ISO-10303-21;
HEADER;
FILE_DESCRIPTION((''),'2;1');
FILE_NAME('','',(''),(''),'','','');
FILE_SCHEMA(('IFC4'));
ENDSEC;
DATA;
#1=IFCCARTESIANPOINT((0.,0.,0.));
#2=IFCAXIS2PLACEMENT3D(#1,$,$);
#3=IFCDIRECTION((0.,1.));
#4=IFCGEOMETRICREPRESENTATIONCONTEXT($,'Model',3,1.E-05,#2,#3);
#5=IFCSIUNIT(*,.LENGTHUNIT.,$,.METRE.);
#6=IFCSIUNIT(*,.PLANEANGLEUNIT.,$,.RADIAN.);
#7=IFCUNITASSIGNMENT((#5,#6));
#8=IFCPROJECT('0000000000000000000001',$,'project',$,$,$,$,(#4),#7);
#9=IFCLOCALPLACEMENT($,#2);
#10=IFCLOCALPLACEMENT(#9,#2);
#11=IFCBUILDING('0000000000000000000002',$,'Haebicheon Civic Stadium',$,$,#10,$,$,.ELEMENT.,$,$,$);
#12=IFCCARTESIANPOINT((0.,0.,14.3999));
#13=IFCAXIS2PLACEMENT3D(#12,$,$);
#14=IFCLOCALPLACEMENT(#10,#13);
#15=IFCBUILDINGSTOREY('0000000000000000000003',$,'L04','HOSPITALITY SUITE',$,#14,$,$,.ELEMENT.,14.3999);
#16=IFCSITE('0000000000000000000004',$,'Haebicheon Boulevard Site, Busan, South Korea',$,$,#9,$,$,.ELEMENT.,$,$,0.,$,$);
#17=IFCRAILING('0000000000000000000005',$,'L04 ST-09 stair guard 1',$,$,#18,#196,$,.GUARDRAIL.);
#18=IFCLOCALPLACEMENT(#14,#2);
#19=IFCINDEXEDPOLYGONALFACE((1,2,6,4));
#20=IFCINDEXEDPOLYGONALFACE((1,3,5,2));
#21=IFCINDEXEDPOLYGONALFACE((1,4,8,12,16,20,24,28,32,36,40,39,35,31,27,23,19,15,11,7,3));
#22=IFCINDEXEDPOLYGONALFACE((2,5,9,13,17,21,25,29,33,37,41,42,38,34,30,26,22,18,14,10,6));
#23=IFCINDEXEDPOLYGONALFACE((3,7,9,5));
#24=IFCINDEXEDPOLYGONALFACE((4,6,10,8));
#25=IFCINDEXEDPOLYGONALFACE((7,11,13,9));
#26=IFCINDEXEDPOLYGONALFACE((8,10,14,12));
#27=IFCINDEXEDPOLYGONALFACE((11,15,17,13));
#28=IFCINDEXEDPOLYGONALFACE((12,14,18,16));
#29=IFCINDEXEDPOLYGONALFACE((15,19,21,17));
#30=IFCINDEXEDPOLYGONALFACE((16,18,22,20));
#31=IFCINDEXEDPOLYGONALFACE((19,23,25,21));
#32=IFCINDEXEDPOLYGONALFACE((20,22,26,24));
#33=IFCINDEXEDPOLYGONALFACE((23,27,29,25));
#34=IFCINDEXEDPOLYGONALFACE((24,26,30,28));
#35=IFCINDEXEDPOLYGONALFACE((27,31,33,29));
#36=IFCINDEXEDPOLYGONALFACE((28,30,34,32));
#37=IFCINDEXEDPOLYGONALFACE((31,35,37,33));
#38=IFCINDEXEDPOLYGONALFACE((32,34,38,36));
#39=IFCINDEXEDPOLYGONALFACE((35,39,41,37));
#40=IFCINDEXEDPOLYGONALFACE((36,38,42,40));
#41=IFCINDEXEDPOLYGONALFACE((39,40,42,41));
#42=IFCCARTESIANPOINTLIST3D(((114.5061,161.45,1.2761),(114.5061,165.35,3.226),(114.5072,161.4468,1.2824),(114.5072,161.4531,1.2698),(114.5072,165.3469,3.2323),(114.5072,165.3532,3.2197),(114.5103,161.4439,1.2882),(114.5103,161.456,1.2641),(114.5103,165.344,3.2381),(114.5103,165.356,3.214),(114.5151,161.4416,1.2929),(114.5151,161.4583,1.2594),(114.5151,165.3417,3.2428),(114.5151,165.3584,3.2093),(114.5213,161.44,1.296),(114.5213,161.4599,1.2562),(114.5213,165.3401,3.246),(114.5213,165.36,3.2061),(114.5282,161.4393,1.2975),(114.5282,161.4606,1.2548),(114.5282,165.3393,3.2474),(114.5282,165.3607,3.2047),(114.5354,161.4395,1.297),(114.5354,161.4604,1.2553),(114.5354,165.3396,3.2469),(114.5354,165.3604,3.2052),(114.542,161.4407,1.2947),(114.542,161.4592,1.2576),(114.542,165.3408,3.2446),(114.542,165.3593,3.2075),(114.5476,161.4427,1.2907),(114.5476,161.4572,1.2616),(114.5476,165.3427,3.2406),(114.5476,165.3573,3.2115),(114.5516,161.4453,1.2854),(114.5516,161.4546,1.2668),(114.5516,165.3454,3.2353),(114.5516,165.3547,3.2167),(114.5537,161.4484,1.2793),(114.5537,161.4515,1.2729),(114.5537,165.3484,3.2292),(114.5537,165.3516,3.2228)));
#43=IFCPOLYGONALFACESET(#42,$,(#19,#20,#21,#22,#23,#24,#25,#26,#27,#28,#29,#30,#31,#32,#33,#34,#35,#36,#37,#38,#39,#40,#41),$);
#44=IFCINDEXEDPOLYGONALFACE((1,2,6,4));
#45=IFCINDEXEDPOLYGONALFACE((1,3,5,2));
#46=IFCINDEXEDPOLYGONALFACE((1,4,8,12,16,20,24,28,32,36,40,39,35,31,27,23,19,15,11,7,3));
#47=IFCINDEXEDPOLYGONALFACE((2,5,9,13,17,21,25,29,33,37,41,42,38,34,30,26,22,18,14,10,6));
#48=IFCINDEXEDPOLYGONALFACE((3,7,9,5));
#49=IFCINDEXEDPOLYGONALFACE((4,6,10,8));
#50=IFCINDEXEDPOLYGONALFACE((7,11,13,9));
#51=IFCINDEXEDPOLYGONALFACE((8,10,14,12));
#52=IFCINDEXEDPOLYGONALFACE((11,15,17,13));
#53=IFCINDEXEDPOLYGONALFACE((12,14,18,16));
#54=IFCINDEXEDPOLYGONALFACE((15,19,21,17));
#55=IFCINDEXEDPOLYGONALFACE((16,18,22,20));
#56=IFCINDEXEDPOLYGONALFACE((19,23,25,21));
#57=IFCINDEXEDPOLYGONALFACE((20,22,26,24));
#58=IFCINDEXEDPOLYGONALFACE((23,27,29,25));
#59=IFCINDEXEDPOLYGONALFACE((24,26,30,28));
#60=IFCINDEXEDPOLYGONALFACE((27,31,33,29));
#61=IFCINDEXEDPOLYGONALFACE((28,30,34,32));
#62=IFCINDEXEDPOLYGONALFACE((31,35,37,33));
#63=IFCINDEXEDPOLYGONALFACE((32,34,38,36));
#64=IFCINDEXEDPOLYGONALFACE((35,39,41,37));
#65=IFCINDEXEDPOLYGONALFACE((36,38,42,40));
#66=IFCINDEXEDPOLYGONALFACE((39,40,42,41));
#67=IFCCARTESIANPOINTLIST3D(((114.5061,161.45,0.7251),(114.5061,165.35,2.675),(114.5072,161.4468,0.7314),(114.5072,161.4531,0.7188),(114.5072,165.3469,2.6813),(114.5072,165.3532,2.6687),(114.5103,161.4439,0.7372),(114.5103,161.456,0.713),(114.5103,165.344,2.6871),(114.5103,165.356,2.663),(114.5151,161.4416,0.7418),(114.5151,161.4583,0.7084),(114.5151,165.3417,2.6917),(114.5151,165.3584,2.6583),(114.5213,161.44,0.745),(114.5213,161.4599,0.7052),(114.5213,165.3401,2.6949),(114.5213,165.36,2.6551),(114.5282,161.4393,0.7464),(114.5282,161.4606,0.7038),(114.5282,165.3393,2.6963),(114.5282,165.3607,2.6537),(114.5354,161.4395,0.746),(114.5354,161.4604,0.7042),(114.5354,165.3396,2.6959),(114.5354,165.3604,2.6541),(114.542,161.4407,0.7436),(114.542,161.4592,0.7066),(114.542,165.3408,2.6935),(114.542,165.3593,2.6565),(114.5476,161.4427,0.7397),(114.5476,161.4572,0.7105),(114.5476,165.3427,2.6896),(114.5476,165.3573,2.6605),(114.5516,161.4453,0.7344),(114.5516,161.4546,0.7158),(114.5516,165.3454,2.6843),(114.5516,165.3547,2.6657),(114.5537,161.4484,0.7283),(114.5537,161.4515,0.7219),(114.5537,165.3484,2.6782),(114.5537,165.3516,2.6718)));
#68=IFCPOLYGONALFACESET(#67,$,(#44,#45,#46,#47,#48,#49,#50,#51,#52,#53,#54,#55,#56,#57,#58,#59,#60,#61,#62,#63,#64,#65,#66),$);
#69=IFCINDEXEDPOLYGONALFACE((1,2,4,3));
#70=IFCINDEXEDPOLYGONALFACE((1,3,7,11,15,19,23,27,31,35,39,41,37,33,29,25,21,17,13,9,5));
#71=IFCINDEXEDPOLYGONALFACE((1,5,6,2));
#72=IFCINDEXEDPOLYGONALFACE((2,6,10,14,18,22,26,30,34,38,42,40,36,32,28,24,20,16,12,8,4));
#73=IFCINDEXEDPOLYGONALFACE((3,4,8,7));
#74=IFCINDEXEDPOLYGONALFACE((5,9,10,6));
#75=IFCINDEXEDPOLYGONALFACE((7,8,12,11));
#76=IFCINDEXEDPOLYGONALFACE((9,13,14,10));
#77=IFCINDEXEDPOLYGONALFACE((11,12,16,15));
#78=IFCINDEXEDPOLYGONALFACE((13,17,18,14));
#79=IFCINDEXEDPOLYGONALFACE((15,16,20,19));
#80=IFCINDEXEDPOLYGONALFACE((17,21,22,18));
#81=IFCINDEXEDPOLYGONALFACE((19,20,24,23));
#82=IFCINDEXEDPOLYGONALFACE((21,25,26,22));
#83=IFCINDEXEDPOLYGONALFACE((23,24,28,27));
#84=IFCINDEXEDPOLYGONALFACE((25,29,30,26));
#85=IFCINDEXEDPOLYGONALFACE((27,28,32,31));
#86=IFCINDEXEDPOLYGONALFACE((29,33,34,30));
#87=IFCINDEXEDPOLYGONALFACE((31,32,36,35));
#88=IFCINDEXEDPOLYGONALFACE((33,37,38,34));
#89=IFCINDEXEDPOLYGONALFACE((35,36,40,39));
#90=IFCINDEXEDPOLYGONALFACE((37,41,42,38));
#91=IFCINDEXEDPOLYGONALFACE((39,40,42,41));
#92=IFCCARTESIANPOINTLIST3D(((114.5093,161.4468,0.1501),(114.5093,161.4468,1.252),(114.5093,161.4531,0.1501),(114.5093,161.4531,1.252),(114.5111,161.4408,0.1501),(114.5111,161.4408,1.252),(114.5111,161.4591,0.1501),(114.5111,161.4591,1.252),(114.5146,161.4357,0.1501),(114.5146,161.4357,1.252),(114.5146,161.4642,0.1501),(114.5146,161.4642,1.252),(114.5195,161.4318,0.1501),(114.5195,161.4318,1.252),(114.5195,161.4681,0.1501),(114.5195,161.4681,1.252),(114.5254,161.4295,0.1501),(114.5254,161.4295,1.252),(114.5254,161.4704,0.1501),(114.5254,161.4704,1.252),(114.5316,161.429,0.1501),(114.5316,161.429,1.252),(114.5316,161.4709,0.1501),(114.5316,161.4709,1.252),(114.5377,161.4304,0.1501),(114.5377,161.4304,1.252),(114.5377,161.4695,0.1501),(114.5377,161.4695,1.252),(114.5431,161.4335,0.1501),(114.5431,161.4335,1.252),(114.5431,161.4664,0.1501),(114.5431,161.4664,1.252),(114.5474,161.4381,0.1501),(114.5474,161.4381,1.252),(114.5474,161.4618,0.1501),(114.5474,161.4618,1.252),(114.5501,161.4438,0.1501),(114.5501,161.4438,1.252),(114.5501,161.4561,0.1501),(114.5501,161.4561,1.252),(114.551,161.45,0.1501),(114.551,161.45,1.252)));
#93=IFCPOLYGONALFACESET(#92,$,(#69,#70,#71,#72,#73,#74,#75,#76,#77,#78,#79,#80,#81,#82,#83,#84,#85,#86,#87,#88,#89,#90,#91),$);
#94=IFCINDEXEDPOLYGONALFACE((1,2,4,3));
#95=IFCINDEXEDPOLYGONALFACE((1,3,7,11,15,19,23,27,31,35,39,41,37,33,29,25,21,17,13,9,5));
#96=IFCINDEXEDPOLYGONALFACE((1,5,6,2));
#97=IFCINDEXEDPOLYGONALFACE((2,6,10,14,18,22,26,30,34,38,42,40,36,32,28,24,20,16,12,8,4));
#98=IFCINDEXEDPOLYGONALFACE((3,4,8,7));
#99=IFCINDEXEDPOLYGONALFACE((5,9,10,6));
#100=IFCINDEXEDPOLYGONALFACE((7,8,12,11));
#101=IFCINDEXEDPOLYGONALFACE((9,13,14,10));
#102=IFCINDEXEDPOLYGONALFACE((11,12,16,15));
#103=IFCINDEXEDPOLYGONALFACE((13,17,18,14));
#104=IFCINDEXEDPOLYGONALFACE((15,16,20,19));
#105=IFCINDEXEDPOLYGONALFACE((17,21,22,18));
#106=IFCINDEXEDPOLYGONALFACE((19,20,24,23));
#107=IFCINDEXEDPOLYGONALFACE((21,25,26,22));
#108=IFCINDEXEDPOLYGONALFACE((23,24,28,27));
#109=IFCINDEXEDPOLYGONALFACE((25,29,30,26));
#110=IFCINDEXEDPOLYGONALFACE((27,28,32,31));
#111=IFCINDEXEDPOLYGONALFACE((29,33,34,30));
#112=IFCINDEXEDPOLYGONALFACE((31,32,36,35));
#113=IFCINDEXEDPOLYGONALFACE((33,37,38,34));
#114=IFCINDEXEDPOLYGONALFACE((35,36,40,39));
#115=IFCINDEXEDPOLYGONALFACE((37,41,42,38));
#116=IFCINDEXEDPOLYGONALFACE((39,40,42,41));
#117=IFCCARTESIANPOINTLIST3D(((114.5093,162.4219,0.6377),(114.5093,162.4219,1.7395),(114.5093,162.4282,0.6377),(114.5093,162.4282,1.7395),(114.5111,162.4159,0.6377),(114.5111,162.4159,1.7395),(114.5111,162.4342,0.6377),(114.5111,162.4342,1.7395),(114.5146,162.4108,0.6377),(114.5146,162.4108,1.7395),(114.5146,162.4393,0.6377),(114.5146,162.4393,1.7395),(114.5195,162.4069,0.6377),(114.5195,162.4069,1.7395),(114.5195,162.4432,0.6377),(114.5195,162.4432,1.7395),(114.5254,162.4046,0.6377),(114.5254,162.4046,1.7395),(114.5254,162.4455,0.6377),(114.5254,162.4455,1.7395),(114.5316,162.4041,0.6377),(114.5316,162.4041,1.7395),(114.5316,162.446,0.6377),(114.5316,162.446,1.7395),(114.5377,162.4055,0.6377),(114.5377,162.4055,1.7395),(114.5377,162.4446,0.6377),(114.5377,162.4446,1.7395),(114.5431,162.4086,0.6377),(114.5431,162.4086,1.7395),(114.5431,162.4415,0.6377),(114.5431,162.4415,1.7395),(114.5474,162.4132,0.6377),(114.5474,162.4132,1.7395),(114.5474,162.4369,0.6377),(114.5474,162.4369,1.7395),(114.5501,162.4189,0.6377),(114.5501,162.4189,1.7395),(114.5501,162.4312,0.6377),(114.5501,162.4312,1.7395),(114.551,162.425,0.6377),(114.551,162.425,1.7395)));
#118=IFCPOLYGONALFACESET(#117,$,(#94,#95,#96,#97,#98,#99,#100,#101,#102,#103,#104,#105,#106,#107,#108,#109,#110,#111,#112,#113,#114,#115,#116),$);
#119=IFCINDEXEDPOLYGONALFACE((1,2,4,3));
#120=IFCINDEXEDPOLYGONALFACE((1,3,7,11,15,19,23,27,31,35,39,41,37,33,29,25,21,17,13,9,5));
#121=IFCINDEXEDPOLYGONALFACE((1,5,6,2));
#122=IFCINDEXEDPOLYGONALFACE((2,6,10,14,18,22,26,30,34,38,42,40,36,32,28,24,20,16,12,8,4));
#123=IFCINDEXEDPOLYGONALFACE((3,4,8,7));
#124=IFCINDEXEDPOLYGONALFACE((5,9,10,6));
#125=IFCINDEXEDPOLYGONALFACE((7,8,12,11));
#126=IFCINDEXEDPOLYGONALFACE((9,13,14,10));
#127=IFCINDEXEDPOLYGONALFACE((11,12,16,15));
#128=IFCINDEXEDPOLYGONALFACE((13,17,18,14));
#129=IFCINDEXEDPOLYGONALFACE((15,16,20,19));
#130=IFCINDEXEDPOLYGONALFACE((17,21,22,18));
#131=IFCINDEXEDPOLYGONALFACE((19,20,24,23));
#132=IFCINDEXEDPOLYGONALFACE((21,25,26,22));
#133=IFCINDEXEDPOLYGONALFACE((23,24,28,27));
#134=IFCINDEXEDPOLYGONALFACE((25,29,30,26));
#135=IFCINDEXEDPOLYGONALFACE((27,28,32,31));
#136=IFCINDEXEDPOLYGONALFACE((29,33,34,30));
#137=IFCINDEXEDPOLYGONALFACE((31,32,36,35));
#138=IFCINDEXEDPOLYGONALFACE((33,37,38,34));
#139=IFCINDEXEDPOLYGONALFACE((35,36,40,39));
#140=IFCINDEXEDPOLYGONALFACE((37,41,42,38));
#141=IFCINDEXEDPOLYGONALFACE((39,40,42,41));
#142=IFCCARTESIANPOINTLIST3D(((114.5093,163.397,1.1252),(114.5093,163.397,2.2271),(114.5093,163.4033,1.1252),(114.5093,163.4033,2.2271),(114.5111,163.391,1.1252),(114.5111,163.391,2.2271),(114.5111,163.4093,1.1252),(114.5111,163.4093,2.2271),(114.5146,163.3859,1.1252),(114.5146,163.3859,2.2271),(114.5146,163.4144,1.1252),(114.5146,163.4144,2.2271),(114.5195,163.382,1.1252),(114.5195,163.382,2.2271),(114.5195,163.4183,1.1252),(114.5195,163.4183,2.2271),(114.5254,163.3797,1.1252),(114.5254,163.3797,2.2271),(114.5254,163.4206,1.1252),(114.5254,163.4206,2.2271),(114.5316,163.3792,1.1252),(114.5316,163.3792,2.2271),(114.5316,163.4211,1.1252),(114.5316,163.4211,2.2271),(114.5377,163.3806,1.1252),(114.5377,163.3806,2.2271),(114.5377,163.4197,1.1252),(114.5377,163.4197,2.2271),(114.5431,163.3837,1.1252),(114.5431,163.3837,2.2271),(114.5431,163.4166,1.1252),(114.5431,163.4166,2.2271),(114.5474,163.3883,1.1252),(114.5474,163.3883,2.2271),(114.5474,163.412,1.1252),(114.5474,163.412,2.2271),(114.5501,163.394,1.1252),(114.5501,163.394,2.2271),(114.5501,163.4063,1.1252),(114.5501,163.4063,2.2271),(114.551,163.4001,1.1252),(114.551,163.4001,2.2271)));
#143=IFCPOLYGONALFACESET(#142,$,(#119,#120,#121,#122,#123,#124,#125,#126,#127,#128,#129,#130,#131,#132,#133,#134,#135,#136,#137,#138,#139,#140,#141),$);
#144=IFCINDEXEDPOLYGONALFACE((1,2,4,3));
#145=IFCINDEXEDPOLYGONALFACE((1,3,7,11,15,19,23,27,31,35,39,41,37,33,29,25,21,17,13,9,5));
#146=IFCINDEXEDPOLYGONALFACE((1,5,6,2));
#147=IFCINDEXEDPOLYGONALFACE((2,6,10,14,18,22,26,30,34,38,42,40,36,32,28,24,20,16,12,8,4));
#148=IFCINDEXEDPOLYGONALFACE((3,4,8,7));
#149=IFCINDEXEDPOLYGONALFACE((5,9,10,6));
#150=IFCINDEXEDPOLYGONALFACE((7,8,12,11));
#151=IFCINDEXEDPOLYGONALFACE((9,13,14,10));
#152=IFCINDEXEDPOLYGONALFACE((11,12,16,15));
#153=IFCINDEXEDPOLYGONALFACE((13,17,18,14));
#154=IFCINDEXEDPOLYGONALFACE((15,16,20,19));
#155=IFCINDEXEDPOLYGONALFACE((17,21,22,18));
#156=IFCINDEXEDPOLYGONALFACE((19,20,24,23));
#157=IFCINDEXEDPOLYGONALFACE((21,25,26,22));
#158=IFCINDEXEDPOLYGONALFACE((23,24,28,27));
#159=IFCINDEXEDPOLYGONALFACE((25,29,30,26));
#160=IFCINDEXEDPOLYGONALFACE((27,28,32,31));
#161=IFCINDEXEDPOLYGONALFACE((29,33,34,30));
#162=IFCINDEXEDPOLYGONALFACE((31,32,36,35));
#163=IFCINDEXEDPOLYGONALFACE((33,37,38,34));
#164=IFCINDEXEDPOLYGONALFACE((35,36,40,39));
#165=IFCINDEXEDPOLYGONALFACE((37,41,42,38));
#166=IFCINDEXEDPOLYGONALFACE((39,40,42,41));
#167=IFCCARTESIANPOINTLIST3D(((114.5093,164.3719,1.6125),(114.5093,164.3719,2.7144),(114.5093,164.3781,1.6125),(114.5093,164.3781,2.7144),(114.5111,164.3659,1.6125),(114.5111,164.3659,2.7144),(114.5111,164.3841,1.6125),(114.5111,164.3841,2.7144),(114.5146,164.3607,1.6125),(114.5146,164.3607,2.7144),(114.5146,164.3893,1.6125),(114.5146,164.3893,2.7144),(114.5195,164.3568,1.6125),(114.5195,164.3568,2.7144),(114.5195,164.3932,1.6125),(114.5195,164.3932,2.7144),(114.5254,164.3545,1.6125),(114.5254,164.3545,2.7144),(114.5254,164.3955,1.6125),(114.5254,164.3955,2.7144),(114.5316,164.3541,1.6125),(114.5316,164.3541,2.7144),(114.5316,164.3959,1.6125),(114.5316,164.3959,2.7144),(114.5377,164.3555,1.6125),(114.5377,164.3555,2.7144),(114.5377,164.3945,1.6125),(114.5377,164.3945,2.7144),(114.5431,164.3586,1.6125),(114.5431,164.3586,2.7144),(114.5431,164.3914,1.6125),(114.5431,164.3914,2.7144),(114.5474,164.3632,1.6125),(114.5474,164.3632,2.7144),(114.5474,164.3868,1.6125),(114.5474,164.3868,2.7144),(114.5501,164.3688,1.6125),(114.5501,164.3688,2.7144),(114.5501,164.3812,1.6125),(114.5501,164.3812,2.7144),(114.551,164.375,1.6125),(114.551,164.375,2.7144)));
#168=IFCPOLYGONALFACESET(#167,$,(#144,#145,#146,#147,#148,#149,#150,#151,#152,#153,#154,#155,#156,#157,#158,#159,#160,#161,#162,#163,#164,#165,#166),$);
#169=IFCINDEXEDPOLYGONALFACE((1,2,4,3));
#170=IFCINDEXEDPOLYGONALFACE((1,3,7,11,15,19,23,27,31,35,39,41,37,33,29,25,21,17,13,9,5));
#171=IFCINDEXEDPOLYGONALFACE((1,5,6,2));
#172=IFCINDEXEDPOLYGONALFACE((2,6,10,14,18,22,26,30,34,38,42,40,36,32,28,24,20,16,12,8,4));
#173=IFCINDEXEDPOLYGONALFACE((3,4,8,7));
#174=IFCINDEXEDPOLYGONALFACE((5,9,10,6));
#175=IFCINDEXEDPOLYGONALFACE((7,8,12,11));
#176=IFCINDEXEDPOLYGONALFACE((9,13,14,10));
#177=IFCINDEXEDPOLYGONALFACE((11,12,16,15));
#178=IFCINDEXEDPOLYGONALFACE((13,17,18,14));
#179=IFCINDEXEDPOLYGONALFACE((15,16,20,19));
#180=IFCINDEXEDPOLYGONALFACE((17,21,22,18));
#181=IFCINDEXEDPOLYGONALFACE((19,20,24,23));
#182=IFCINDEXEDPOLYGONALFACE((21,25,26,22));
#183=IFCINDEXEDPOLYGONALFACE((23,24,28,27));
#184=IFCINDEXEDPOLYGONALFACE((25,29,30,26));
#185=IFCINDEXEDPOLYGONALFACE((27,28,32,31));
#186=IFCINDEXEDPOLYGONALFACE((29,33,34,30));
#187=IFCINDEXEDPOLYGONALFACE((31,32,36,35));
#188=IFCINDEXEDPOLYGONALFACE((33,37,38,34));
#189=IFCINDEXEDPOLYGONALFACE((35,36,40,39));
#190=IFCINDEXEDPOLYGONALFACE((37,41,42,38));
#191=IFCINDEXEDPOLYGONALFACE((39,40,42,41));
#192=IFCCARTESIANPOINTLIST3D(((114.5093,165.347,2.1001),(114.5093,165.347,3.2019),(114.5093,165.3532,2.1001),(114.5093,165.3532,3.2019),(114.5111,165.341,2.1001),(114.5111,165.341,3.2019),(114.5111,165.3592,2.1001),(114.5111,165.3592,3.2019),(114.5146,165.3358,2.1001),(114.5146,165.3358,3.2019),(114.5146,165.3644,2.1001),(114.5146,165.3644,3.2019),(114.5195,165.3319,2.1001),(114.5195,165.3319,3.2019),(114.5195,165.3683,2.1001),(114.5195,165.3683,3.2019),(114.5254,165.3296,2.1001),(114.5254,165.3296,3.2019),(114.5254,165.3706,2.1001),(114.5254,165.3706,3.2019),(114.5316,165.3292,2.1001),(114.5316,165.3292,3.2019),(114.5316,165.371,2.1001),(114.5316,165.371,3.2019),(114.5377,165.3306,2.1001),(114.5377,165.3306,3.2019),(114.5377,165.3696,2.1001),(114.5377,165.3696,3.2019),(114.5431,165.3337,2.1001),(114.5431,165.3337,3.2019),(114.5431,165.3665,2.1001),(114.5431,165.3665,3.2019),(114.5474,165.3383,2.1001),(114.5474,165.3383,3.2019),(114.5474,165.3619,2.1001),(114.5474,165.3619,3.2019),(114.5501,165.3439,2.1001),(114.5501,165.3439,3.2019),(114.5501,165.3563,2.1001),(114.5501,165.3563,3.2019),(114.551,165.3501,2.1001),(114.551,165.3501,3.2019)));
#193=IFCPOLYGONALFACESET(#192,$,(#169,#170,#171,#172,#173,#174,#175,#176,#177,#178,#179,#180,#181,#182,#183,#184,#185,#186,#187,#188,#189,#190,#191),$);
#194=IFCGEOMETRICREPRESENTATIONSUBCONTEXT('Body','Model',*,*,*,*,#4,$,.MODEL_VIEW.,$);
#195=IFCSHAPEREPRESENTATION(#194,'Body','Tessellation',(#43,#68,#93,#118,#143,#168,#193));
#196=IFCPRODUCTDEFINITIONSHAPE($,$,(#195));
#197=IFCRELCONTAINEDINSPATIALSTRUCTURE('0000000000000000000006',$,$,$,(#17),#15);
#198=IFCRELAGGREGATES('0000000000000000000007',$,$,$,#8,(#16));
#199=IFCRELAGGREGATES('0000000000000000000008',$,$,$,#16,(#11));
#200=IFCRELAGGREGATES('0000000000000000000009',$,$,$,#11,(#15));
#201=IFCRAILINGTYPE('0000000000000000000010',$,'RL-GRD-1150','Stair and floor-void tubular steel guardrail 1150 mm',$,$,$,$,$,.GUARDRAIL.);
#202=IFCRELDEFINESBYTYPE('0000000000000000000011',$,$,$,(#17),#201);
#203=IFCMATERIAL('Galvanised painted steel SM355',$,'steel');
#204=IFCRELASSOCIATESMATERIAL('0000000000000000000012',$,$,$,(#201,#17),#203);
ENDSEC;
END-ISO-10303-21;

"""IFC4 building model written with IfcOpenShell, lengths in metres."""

from ifc_helpers import new_model, si_unit, direction, frame, origin, origin_2d, place, context, subcontext, project, spatial, circle, extrude, material, type_object, element, save


model = new_model("IFC4")

# Units and contexts
model_context = context("Model", 3, precision=1e-05, world=origin(), true_north=direction((0.0, 1.0)))
body_context = subcontext(model_context, "Body", "Model", "MODEL_VIEW")
ifc_project = project(units=[si_unit("LENGTHUNIT", "METRE"), si_unit("PLANEANGLEUNIT", "RADIAN")], contexts=[model_context])

# Site, building, storey
site_placement = place(None, origin())
site = spatial("IfcSite", under=ifc_project, at=site_placement, Name="Haebicheon Boulevard Site, Busan, South Korea", CompositionType="ELEMENT", RefElevation=0.0)
building_placement = place(site_placement, origin())
building = spatial("IfcBuilding", under=site, at=building_placement, Name="Haebicheon Civic Stadium", CompositionType="ELEMENT")
storey_placement = place(building_placement, frame((0.0, 0.0, 14.3999)))
storey = spatial("IfcBuildingStorey", under=building, at=storey_placement, Name="L04", Description="HOSPITALITY SUITE", CompositionType="ELEMENT", Elevation=14.3999)

# Railing
ifc_material_1 = material(Name="Galvanised painted steel SM355", Category="steel")
railing_type_1 = type_object("IfcRailingType", Name="RL-GRD-1150", Description="Stair and floor-void tubular steel guardrail 1150 mm", PredefinedType="GUARDRAIL", material=ifc_material_1)
railing_1_placement = place(storey_placement, frame((114.53, 161.45, 0.1501)))
element("IfcRailing", 1, at=railing_1_placement, inside=storey, type_object=railing_type_1, material=ifc_material_1, Name="L04 ST-09 stair guard 1", PredefinedType="GUARDRAIL", context=body_context, shape_type="SweptSolid", body=[
    extrude(circle(Radius=0.0239, at=origin_2d()), frame((0.0, 0.0, 1.126), z_axis=(0.0, 0.894438, 0.447191), x_axis=(-1.0, 0.0, 0.0)), (0.0, 0.0, 1.0), 4.3604),
    extrude(circle(Radius=0.0239, at=origin_2d()), frame((0.0, 0.0, 0.575), z_axis=(0.0, 0.894438, 0.447191), x_axis=(-1.0, 0.0, 0.0)), (0.0, 0.0, 1.0), 4.3604),
    extrude(circle(Radius=0.021, at=origin_2d()), origin(), (0.0, 0.0, 1.0), 1.1018),
    extrude(circle(Radius=0.021, at=origin_2d()), frame((0.0, 0.9751, 0.4875)), (0.0, 0.0, 1.0), 1.1018),
    extrude(circle(Radius=0.021, at=origin_2d()), frame((0.0, 1.9502, 0.9751)), (0.0, 0.0, 1.0), 1.1018),
    extrude(circle(Radius=0.021, at=origin_2d()), frame((0.0, 2.925, 1.4624)), (0.0, 0.0, 1.0), 1.1018),
    extrude(circle(Radius=0.021, at=origin_2d()), frame((0.0, 3.9001, 1.95)), (0.0, 0.0, 1.0), 1.1018),
])

save(model, "model.ifc")
